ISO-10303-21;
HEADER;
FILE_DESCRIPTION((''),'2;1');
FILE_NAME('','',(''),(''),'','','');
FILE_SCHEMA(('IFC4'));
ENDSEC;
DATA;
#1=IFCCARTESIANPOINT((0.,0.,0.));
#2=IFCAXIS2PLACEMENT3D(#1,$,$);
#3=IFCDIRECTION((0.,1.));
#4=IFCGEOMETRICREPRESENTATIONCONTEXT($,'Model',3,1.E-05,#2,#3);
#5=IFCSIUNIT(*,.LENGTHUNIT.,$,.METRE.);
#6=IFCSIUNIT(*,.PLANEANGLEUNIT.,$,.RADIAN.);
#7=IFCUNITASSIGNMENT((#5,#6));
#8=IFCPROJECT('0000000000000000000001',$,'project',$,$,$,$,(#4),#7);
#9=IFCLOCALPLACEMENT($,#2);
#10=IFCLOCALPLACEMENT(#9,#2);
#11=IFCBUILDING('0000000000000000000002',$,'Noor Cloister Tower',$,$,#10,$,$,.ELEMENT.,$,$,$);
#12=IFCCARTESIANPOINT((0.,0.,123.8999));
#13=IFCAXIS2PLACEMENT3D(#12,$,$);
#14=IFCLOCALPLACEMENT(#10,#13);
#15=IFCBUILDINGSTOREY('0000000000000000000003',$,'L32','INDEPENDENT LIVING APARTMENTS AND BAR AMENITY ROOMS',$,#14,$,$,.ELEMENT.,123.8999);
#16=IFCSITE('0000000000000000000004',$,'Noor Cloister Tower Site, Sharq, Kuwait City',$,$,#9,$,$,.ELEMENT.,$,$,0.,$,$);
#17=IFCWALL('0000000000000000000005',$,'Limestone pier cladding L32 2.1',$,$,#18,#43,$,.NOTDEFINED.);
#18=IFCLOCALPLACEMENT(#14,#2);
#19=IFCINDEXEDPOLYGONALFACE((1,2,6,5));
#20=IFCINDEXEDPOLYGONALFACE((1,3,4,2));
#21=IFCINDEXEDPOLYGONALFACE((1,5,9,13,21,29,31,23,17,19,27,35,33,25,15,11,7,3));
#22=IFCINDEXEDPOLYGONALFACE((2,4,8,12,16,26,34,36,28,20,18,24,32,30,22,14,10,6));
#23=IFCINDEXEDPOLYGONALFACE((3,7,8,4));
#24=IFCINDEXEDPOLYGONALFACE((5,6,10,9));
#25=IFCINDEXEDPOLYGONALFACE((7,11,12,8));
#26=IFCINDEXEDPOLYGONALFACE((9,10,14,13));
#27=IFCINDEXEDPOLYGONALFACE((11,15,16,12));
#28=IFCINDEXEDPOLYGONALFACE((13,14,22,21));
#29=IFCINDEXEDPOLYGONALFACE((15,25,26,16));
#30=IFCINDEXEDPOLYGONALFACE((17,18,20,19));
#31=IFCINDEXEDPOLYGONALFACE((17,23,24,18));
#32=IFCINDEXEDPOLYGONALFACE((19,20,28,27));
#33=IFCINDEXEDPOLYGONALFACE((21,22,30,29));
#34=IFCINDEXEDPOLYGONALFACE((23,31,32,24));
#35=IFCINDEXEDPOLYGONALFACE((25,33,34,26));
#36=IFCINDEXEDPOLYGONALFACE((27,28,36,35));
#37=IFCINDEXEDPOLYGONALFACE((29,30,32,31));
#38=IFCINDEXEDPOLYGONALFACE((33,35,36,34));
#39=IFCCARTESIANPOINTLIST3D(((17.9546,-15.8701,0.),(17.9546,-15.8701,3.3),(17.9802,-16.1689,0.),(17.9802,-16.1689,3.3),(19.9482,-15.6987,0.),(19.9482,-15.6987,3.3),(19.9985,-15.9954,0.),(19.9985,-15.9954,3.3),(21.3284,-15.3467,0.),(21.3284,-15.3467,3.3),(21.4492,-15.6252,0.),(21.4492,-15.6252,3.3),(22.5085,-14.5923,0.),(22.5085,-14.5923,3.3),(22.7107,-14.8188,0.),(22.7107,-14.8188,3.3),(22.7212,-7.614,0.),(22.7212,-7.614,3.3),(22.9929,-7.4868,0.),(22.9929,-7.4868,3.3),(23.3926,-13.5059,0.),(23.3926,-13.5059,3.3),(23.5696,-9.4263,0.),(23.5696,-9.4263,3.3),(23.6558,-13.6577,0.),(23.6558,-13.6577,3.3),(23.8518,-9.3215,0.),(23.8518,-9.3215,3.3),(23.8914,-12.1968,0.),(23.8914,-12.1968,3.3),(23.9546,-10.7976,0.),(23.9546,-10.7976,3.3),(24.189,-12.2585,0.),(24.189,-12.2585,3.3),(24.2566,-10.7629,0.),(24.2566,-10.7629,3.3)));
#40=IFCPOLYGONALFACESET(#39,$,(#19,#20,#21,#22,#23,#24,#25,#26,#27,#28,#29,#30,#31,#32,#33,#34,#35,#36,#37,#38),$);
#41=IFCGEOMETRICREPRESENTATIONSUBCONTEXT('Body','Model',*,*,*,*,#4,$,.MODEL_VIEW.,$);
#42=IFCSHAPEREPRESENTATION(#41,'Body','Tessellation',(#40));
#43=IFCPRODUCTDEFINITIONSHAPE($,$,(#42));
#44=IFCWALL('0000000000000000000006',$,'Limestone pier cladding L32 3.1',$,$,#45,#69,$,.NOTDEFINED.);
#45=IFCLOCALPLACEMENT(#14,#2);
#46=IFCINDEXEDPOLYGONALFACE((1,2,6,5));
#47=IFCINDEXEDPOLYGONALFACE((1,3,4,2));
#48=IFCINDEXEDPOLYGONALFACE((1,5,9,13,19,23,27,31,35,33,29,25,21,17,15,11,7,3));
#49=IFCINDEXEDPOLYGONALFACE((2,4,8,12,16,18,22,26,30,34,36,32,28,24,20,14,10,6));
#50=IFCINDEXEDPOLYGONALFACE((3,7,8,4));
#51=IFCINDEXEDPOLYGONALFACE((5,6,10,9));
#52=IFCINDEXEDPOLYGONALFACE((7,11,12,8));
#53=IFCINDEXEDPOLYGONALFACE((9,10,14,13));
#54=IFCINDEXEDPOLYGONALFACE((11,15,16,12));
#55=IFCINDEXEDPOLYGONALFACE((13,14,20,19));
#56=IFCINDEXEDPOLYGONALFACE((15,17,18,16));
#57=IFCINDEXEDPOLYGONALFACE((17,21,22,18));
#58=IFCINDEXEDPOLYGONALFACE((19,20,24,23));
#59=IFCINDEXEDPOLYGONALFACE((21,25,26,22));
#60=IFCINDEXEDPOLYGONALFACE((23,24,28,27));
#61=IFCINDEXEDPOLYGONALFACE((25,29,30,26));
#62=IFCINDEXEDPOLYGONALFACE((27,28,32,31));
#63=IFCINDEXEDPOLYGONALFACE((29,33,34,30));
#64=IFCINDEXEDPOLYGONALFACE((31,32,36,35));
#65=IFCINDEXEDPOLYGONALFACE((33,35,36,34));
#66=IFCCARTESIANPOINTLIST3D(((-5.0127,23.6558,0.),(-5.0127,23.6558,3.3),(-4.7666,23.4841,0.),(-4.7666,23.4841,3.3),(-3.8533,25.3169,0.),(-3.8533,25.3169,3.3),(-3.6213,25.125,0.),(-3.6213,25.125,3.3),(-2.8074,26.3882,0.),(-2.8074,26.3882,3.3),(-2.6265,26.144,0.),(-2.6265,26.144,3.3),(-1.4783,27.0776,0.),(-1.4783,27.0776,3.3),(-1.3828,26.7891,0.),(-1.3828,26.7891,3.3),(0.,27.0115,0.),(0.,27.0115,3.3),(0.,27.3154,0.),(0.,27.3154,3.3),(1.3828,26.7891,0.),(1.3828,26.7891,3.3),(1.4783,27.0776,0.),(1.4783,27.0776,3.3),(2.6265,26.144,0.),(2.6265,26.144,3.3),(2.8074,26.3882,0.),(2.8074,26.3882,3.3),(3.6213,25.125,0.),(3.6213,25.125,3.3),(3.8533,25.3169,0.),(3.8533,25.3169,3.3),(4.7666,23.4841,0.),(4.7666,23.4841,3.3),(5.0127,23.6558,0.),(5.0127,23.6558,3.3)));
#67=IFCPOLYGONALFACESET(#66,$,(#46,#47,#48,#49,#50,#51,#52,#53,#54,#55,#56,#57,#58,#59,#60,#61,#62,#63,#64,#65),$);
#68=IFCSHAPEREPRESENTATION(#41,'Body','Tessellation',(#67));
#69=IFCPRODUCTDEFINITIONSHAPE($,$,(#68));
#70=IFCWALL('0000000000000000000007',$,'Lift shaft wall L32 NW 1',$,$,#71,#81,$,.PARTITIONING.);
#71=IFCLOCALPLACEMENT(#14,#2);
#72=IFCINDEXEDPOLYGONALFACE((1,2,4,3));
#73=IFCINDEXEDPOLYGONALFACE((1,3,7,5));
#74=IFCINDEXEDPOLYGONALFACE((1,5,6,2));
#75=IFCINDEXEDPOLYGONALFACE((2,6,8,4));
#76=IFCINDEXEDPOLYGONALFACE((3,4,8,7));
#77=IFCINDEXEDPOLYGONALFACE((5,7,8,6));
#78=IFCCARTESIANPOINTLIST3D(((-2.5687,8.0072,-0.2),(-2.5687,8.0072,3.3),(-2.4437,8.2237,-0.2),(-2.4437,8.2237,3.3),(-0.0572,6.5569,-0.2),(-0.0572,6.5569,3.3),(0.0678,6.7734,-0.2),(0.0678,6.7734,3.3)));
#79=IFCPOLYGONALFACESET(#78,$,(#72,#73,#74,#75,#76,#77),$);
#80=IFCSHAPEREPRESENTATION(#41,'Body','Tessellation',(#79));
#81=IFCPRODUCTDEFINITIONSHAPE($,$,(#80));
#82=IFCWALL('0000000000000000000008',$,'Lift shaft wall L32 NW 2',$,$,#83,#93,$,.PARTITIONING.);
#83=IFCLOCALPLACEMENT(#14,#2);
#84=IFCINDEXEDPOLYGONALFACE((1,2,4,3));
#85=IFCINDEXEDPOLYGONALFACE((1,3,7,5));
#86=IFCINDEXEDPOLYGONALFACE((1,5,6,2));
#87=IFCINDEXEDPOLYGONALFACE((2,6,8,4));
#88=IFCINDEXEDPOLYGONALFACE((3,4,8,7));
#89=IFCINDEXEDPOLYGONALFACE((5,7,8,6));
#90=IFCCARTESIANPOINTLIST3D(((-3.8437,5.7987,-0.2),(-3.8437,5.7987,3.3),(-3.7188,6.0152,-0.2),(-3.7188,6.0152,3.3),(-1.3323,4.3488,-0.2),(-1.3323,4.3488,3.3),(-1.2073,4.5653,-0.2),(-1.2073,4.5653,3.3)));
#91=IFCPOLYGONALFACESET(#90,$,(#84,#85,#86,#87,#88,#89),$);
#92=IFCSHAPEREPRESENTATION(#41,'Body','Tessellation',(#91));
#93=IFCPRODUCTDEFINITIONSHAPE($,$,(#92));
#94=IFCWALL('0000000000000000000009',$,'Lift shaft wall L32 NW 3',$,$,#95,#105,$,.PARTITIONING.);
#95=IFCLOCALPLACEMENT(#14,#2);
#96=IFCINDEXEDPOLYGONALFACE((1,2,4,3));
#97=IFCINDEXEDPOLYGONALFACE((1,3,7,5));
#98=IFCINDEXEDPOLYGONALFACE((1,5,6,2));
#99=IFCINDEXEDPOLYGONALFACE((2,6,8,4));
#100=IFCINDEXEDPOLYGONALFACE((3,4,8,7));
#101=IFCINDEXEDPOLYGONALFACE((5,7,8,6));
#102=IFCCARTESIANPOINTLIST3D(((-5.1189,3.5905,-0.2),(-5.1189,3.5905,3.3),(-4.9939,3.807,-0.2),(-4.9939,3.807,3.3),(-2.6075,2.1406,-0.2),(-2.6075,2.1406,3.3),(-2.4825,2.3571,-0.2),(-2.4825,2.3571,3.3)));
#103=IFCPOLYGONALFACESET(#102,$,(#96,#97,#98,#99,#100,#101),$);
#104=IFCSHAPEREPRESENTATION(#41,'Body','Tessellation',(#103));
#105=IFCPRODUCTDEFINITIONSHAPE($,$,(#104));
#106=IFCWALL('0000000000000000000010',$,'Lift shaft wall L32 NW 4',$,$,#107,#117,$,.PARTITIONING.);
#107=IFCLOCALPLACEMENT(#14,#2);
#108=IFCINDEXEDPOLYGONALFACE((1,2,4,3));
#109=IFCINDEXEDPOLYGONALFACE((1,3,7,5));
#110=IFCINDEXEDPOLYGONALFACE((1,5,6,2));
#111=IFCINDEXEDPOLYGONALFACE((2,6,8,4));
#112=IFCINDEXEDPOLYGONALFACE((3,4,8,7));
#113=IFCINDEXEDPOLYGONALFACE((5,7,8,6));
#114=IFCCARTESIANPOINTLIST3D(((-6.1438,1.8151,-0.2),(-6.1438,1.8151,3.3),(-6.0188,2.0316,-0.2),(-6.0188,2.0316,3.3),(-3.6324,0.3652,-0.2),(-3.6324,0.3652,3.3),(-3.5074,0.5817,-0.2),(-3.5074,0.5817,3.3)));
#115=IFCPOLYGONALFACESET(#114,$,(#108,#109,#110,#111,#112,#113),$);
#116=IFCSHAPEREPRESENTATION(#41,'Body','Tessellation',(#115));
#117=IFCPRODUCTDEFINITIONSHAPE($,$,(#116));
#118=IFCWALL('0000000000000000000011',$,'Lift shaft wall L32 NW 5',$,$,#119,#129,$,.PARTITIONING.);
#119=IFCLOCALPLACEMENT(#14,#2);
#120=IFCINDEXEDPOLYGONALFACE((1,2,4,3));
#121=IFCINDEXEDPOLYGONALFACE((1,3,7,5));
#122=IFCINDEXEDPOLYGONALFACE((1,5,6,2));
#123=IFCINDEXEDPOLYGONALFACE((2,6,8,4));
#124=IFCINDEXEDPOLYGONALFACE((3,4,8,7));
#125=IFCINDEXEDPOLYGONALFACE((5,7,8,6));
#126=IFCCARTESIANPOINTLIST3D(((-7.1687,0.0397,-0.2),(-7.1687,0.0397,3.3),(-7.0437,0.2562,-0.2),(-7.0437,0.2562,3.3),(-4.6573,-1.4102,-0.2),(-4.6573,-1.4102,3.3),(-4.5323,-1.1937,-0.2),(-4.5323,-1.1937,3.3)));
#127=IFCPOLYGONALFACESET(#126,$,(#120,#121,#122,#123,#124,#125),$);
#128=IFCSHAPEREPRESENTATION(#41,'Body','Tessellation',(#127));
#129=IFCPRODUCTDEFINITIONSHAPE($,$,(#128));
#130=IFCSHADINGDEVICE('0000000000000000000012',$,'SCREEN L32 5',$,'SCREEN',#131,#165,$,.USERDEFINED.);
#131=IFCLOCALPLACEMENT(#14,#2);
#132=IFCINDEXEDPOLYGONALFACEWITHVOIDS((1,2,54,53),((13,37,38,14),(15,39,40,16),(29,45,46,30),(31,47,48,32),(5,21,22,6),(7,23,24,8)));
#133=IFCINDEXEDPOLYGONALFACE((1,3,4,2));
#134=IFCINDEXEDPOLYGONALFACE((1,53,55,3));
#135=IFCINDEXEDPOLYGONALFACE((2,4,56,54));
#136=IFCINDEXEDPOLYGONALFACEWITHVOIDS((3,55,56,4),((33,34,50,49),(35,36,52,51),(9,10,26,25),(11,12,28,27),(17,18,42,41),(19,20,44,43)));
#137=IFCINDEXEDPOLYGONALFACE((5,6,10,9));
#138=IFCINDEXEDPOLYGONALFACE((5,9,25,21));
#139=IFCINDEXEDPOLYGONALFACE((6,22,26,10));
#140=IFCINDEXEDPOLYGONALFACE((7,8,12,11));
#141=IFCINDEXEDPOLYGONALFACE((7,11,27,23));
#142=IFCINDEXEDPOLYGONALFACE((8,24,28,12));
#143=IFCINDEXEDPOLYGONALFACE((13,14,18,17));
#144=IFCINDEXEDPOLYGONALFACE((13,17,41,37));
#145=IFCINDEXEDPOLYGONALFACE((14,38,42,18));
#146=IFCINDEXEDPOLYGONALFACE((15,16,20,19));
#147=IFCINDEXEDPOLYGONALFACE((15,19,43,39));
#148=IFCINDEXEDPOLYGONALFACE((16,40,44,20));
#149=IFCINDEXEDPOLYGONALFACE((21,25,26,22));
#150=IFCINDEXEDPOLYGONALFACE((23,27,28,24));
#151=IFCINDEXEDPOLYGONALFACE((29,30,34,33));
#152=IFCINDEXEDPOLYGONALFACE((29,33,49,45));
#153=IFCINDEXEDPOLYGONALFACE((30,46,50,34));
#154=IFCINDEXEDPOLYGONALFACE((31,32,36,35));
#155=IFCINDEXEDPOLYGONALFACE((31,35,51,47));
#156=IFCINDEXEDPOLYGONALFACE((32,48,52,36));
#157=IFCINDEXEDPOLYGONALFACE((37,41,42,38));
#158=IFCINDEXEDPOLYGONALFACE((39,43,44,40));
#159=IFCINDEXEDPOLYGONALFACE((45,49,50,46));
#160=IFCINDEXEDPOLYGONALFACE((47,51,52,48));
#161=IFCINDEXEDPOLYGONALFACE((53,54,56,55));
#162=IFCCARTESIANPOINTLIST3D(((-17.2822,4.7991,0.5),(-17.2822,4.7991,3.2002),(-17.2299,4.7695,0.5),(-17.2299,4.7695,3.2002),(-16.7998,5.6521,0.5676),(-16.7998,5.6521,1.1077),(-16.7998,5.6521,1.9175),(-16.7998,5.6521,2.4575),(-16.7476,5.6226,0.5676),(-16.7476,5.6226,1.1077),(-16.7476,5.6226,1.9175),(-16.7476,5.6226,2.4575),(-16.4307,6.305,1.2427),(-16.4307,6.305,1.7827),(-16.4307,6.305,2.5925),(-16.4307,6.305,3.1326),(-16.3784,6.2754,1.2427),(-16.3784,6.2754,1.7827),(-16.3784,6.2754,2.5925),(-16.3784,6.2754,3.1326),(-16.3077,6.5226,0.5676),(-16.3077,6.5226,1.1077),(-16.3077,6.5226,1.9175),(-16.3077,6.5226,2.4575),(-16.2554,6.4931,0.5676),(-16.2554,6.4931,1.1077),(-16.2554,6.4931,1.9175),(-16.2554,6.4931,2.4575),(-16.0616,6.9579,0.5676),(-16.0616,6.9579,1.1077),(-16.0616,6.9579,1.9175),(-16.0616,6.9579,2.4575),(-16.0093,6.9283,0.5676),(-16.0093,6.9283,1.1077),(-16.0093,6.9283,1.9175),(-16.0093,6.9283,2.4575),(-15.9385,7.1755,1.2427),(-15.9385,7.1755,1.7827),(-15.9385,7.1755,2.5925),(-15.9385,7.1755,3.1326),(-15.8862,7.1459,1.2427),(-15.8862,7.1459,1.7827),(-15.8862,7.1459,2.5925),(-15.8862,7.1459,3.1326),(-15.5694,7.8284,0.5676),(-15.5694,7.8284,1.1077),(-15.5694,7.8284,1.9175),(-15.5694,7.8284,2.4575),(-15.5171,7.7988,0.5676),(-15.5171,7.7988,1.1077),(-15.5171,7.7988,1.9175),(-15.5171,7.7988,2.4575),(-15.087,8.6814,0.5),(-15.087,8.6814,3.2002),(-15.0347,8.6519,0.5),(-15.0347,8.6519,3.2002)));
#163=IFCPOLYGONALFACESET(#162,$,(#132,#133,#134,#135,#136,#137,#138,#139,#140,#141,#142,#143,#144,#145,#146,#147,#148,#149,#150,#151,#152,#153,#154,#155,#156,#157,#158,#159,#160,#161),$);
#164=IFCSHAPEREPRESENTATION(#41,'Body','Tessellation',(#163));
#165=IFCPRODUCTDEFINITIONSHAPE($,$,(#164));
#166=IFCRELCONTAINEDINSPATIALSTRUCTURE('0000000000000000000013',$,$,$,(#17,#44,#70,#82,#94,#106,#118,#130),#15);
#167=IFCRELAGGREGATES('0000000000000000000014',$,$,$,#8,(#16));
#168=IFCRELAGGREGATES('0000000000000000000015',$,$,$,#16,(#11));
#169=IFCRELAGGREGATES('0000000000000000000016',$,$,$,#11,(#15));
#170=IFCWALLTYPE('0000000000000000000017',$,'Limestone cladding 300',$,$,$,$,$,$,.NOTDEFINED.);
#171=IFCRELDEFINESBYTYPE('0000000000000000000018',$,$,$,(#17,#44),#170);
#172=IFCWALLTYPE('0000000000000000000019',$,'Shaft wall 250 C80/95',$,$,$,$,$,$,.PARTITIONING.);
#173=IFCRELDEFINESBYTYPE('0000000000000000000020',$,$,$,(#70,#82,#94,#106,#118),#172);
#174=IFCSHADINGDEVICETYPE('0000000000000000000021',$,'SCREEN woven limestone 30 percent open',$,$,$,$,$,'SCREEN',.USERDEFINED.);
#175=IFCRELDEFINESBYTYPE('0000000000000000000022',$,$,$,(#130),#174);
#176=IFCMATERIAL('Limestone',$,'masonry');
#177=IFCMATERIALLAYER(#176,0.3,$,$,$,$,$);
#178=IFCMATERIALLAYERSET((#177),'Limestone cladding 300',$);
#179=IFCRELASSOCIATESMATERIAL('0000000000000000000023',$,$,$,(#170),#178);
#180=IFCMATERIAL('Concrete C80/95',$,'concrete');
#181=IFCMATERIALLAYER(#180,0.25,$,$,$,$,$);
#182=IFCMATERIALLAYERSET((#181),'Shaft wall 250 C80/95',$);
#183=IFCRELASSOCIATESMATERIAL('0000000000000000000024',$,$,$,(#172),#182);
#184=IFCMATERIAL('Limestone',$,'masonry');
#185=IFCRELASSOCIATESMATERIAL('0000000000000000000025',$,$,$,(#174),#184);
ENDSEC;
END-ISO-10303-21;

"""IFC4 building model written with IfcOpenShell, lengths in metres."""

from ifc_helpers import new_model, si_unit, direction, frame, frame_2d, origin, place, context, subcontext, project, spatial, polyline, rectangle, outline, extrude, material, layer, layer_set, material_profile, profile_set, type_object, element, save


model = new_model("IFC4")

# Units and contexts
model_context = context("Model", 3, precision=1e-05, world=origin(), true_north=direction((0.0, 1.0)))
body_context = subcontext(model_context, "Body", "Model", "MODEL_VIEW")
ifc_project = project(units=[si_unit("LENGTHUNIT", "METRE"), si_unit("PLANEANGLEUNIT", "RADIAN")], contexts=[model_context])

# Site, building, storey
site_placement = place(None, origin())
site = spatial("IfcSite", under=ifc_project, at=site_placement, Name="Noor Cloister Tower Site, Sharq, Kuwait City", CompositionType="ELEMENT", RefElevation=0.0)
building_placement = place(site_placement, origin())
building = spatial("IfcBuilding", under=site, at=building_placement, Name="Noor Cloister Tower", CompositionType="ELEMENT")
storey_placement = place(building_placement, frame((0.0, 0.0, 123.8999)))
storey = spatial("IfcBuildingStorey", under=building, at=storey_placement, Name="L32", Description="INDEPENDENT LIVING APARTMENTS AND BAR AMENITY ROOMS", CompositionType="ELEMENT", Elevation=123.8999)

# Walls
ifc_material_1 = material(Name="Limestone", Category="masonry")
ifc_layer_1 = layer(ifc_material_1, 0.3)
ifc_layer_set_1 = layer_set([ifc_layer_1], Name="Limestone cladding 300")
wall_type_1 = type_object("IfcWallType", Name="Limestone cladding 300", PredefinedType="NOTDEFINED", material=ifc_layer_set_1)
wall_1_placement = place(storey_placement, origin())
element("IfcWall", 1, at=wall_1_placement, inside=storey, type_object=wall_type_1, Name="Limestone pier cladding L32 2.1", PredefinedType="NOTDEFINED", context=body_context, shape_type="SweptSolid", body=[
    extrude(outline(polyline([(17.9802, -16.1689), (19.9985, -15.9954), (21.4492, -15.6252), (22.7107, -14.8188), (23.6558, -13.6577), (24.189, -12.2585), (24.2566, -10.7629), (23.8518, -9.3215), (22.9929, -7.4868), (22.7212, -7.614), (23.5696, -9.4263), (23.9546, -10.7976), (23.8914, -12.1968), (23.3926, -13.5059), (22.5085, -14.5923), (21.3284, -15.3467), (19.9482, -15.6987), (17.9546, -15.8701), (17.9802, -16.1689)])), origin(), (0.0, 0.0, 1.0), 3.3),
])
wall_2_placement = place(storey_placement, origin())
element("IfcWall", 2, at=wall_2_placement, inside=storey, type_object=wall_type_1, Name="Limestone pier cladding L32 3.1", PredefinedType="NOTDEFINED", context=body_context, shape_type="SweptSolid", body=[
    extrude(outline(polyline([(5.0127, 23.6558), (3.8533, 25.3169), (2.8074, 26.3882), (1.4783, 27.0776), (0.0, 27.3154), (-1.4783, 27.0776), (-2.8074, 26.3882), (-3.8533, 25.3169), (-5.0127, 23.6558), (-4.7666, 23.4841), (-3.6213, 25.125), (-2.6265, 26.144), (-1.3828, 26.7891), (0.0, 27.0115), (1.3828, 26.7891), (2.6265, 26.144), (3.6213, 25.125), (4.7666, 23.4841), (5.0127, 23.6558)])), origin(), (0.0, 0.0, 1.0), 3.3),
])
ifc_material_2 = material(Name="Concrete C80/95", Category="concrete")
ifc_layer_2 = layer(ifc_material_2, 0.25)
ifc_layer_set_2 = layer_set([ifc_layer_2], Name="Shaft wall 250 C80/95")
wall_type_2 = type_object("IfcWallType", Name="Shaft wall 250 C80/95", PredefinedType="PARTITIONING", material=ifc_layer_set_2)
wall_3_placement = place(storey_placement, frame((-2.5063, 8.1155, -0.2), z_axis=(0.0, 0.0, 1.0), x_axis=(0.865996, -0.50005, 0.0)))
element("IfcWall", 3, at=wall_3_placement, inside=storey, type_object=wall_type_2, Name="Lift shaft wall L32 NW 1", PredefinedType="PARTITIONING", context=body_context, shape_type="SweptSolid", body=[
    extrude(rectangle(XDim=2.9001, YDim=0.25, at=frame_2d((1.4502, 0.0))), origin(), (0.0, 0.0, 1.0), 3.5),
])
for number, where, z_axis, x_axis, name in (
    (4, (-3.7812, 5.907, -0.2), (0.0, 0.0, 1.0), (0.866033, -0.499987, 0.0), "Lift shaft wall L32 NW 2"),
    (5, (-5.0564, 3.6987, -0.2), (0.0, 0.0, 1.0), (0.866033, -0.499987, 0.0), "Lift shaft wall L32 NW 3"),
    (6, (-6.0813, 1.9233, -0.2), (0.0, 0.0, 1.0), (0.866033, -0.499987, 0.0), "Lift shaft wall L32 NW 4"),
    (7, (-7.1062, 0.1479, -0.2), (0.0, 0.0, 1.0), (0.866033, -0.499987, 0.0), "Lift shaft wall L32 NW 5"),
):
    element("IfcWall", number, at=place(storey_placement, frame(where, z_axis=z_axis, x_axis=x_axis)), inside=storey, type_object=wall_type_2, Name=name, PredefinedType="PARTITIONING", context=body_context, shape_type="SweptSolid", body=[
        extrude(rectangle(XDim=2.8999, YDim=0.25, at=frame_2d((1.45, 0.0))), origin(), (0.0, 0.0, 1.0), 3.5),
    ])

# Shading device
ifc_material_3 = material(Name="Limestone", Category="masonry")
ifc_material_profile_1 = material_profile(ifc_material_3, outline(polyline([(-2.23, -1.3501), (2.23, -1.3501), (2.23, 1.3501), (-2.23, 1.3501), (-2.23, -1.3501)]), holes=[polyline([(-1.25, -1.2825), (-0.25, -1.2825), (-0.25, -0.7424), (-1.25, -0.7424), (-1.25, -1.2825)]), polyline([(0.25, -1.2825), (1.25, -1.2825), (1.25, -0.7424), (0.25, -0.7424), (0.25, -1.2825)]), polyline([(-0.5, -0.6074), (0.5, -0.6074), (0.5, -0.0674), (-0.5, -0.0674), (-0.5, -0.6074)]), polyline([(-1.25, 0.0674), (-0.25, 0.0674), (-0.25, 0.6074), (-1.25, 0.6074), (-1.25, 0.0674)]), polyline([(0.25, 0.0674), (1.25, 0.0674), (1.25, 0.6074), (0.25, 0.6074), (0.25, 0.0674)]), polyline([(-0.5, 0.7424), (0.5, 0.7424), (0.5, 1.2825), (-0.5, 1.2825), (-0.5, 0.7424)])]), Name="Woven screen 30 percent open")
ifc_profile_set_1 = profile_set([ifc_material_profile_1], Name="Limestone")
shading_device_type = type_object("IfcShadingDeviceType", Name="SCREEN woven limestone 30 percent open", ElementType="SCREEN", PredefinedType="USERDEFINED", material=ifc_profile_set_1)
shading_device_1_placement = place(storey_placement, frame((-16.1323, 6.7107, 1.8501), z_axis=(-0.870487, 0.492191, 0.0), x_axis=(-0.492191, -0.870487, 0.0)))
element("IfcShadingDevice", 8, at=shading_device_1_placement, inside=storey, type_object=shading_device_type, Name="SCREEN L32 5", ObjectType="SCREEN", PredefinedType="USERDEFINED", context=body_context, shape_type="SweptSolid", body=[
    extrude(outline(polyline([(-2.23, -1.3501), (2.23, -1.3501), (2.23, 1.3501), (-2.23, 1.3501), (-2.23, -1.3501)]), holes=[polyline([(-1.25, -1.2825), (-0.25, -1.2825), (-0.25, -0.7424), (-1.25, -0.7424), (-1.25, -1.2825)]), polyline([(0.25, -1.2825), (1.25, -1.2825), (1.25, -0.7424), (0.25, -0.7424), (0.25, -1.2825)]), polyline([(-0.5, -0.6074), (0.5, -0.6074), (0.5, -0.0674), (-0.5, -0.0674), (-0.5, -0.6074)]), polyline([(-1.25, 0.0674), (-0.25, 0.0674), (-0.25, 0.6074), (-1.25, 0.6074), (-1.25, 0.0674)]), polyline([(0.25, 0.0674), (1.25, 0.0674), (1.25, 0.6074), (0.25, 0.6074), (0.25, 0.0674)]), polyline([(-0.5, 0.7424), (0.5, 0.7424), (0.5, 1.2825), (-0.5, 1.2825), (-0.5, 0.7424)])]), origin(), (0.0, 0.0, 1.0), 0.0601),
])

save(model, "model.ifc")
